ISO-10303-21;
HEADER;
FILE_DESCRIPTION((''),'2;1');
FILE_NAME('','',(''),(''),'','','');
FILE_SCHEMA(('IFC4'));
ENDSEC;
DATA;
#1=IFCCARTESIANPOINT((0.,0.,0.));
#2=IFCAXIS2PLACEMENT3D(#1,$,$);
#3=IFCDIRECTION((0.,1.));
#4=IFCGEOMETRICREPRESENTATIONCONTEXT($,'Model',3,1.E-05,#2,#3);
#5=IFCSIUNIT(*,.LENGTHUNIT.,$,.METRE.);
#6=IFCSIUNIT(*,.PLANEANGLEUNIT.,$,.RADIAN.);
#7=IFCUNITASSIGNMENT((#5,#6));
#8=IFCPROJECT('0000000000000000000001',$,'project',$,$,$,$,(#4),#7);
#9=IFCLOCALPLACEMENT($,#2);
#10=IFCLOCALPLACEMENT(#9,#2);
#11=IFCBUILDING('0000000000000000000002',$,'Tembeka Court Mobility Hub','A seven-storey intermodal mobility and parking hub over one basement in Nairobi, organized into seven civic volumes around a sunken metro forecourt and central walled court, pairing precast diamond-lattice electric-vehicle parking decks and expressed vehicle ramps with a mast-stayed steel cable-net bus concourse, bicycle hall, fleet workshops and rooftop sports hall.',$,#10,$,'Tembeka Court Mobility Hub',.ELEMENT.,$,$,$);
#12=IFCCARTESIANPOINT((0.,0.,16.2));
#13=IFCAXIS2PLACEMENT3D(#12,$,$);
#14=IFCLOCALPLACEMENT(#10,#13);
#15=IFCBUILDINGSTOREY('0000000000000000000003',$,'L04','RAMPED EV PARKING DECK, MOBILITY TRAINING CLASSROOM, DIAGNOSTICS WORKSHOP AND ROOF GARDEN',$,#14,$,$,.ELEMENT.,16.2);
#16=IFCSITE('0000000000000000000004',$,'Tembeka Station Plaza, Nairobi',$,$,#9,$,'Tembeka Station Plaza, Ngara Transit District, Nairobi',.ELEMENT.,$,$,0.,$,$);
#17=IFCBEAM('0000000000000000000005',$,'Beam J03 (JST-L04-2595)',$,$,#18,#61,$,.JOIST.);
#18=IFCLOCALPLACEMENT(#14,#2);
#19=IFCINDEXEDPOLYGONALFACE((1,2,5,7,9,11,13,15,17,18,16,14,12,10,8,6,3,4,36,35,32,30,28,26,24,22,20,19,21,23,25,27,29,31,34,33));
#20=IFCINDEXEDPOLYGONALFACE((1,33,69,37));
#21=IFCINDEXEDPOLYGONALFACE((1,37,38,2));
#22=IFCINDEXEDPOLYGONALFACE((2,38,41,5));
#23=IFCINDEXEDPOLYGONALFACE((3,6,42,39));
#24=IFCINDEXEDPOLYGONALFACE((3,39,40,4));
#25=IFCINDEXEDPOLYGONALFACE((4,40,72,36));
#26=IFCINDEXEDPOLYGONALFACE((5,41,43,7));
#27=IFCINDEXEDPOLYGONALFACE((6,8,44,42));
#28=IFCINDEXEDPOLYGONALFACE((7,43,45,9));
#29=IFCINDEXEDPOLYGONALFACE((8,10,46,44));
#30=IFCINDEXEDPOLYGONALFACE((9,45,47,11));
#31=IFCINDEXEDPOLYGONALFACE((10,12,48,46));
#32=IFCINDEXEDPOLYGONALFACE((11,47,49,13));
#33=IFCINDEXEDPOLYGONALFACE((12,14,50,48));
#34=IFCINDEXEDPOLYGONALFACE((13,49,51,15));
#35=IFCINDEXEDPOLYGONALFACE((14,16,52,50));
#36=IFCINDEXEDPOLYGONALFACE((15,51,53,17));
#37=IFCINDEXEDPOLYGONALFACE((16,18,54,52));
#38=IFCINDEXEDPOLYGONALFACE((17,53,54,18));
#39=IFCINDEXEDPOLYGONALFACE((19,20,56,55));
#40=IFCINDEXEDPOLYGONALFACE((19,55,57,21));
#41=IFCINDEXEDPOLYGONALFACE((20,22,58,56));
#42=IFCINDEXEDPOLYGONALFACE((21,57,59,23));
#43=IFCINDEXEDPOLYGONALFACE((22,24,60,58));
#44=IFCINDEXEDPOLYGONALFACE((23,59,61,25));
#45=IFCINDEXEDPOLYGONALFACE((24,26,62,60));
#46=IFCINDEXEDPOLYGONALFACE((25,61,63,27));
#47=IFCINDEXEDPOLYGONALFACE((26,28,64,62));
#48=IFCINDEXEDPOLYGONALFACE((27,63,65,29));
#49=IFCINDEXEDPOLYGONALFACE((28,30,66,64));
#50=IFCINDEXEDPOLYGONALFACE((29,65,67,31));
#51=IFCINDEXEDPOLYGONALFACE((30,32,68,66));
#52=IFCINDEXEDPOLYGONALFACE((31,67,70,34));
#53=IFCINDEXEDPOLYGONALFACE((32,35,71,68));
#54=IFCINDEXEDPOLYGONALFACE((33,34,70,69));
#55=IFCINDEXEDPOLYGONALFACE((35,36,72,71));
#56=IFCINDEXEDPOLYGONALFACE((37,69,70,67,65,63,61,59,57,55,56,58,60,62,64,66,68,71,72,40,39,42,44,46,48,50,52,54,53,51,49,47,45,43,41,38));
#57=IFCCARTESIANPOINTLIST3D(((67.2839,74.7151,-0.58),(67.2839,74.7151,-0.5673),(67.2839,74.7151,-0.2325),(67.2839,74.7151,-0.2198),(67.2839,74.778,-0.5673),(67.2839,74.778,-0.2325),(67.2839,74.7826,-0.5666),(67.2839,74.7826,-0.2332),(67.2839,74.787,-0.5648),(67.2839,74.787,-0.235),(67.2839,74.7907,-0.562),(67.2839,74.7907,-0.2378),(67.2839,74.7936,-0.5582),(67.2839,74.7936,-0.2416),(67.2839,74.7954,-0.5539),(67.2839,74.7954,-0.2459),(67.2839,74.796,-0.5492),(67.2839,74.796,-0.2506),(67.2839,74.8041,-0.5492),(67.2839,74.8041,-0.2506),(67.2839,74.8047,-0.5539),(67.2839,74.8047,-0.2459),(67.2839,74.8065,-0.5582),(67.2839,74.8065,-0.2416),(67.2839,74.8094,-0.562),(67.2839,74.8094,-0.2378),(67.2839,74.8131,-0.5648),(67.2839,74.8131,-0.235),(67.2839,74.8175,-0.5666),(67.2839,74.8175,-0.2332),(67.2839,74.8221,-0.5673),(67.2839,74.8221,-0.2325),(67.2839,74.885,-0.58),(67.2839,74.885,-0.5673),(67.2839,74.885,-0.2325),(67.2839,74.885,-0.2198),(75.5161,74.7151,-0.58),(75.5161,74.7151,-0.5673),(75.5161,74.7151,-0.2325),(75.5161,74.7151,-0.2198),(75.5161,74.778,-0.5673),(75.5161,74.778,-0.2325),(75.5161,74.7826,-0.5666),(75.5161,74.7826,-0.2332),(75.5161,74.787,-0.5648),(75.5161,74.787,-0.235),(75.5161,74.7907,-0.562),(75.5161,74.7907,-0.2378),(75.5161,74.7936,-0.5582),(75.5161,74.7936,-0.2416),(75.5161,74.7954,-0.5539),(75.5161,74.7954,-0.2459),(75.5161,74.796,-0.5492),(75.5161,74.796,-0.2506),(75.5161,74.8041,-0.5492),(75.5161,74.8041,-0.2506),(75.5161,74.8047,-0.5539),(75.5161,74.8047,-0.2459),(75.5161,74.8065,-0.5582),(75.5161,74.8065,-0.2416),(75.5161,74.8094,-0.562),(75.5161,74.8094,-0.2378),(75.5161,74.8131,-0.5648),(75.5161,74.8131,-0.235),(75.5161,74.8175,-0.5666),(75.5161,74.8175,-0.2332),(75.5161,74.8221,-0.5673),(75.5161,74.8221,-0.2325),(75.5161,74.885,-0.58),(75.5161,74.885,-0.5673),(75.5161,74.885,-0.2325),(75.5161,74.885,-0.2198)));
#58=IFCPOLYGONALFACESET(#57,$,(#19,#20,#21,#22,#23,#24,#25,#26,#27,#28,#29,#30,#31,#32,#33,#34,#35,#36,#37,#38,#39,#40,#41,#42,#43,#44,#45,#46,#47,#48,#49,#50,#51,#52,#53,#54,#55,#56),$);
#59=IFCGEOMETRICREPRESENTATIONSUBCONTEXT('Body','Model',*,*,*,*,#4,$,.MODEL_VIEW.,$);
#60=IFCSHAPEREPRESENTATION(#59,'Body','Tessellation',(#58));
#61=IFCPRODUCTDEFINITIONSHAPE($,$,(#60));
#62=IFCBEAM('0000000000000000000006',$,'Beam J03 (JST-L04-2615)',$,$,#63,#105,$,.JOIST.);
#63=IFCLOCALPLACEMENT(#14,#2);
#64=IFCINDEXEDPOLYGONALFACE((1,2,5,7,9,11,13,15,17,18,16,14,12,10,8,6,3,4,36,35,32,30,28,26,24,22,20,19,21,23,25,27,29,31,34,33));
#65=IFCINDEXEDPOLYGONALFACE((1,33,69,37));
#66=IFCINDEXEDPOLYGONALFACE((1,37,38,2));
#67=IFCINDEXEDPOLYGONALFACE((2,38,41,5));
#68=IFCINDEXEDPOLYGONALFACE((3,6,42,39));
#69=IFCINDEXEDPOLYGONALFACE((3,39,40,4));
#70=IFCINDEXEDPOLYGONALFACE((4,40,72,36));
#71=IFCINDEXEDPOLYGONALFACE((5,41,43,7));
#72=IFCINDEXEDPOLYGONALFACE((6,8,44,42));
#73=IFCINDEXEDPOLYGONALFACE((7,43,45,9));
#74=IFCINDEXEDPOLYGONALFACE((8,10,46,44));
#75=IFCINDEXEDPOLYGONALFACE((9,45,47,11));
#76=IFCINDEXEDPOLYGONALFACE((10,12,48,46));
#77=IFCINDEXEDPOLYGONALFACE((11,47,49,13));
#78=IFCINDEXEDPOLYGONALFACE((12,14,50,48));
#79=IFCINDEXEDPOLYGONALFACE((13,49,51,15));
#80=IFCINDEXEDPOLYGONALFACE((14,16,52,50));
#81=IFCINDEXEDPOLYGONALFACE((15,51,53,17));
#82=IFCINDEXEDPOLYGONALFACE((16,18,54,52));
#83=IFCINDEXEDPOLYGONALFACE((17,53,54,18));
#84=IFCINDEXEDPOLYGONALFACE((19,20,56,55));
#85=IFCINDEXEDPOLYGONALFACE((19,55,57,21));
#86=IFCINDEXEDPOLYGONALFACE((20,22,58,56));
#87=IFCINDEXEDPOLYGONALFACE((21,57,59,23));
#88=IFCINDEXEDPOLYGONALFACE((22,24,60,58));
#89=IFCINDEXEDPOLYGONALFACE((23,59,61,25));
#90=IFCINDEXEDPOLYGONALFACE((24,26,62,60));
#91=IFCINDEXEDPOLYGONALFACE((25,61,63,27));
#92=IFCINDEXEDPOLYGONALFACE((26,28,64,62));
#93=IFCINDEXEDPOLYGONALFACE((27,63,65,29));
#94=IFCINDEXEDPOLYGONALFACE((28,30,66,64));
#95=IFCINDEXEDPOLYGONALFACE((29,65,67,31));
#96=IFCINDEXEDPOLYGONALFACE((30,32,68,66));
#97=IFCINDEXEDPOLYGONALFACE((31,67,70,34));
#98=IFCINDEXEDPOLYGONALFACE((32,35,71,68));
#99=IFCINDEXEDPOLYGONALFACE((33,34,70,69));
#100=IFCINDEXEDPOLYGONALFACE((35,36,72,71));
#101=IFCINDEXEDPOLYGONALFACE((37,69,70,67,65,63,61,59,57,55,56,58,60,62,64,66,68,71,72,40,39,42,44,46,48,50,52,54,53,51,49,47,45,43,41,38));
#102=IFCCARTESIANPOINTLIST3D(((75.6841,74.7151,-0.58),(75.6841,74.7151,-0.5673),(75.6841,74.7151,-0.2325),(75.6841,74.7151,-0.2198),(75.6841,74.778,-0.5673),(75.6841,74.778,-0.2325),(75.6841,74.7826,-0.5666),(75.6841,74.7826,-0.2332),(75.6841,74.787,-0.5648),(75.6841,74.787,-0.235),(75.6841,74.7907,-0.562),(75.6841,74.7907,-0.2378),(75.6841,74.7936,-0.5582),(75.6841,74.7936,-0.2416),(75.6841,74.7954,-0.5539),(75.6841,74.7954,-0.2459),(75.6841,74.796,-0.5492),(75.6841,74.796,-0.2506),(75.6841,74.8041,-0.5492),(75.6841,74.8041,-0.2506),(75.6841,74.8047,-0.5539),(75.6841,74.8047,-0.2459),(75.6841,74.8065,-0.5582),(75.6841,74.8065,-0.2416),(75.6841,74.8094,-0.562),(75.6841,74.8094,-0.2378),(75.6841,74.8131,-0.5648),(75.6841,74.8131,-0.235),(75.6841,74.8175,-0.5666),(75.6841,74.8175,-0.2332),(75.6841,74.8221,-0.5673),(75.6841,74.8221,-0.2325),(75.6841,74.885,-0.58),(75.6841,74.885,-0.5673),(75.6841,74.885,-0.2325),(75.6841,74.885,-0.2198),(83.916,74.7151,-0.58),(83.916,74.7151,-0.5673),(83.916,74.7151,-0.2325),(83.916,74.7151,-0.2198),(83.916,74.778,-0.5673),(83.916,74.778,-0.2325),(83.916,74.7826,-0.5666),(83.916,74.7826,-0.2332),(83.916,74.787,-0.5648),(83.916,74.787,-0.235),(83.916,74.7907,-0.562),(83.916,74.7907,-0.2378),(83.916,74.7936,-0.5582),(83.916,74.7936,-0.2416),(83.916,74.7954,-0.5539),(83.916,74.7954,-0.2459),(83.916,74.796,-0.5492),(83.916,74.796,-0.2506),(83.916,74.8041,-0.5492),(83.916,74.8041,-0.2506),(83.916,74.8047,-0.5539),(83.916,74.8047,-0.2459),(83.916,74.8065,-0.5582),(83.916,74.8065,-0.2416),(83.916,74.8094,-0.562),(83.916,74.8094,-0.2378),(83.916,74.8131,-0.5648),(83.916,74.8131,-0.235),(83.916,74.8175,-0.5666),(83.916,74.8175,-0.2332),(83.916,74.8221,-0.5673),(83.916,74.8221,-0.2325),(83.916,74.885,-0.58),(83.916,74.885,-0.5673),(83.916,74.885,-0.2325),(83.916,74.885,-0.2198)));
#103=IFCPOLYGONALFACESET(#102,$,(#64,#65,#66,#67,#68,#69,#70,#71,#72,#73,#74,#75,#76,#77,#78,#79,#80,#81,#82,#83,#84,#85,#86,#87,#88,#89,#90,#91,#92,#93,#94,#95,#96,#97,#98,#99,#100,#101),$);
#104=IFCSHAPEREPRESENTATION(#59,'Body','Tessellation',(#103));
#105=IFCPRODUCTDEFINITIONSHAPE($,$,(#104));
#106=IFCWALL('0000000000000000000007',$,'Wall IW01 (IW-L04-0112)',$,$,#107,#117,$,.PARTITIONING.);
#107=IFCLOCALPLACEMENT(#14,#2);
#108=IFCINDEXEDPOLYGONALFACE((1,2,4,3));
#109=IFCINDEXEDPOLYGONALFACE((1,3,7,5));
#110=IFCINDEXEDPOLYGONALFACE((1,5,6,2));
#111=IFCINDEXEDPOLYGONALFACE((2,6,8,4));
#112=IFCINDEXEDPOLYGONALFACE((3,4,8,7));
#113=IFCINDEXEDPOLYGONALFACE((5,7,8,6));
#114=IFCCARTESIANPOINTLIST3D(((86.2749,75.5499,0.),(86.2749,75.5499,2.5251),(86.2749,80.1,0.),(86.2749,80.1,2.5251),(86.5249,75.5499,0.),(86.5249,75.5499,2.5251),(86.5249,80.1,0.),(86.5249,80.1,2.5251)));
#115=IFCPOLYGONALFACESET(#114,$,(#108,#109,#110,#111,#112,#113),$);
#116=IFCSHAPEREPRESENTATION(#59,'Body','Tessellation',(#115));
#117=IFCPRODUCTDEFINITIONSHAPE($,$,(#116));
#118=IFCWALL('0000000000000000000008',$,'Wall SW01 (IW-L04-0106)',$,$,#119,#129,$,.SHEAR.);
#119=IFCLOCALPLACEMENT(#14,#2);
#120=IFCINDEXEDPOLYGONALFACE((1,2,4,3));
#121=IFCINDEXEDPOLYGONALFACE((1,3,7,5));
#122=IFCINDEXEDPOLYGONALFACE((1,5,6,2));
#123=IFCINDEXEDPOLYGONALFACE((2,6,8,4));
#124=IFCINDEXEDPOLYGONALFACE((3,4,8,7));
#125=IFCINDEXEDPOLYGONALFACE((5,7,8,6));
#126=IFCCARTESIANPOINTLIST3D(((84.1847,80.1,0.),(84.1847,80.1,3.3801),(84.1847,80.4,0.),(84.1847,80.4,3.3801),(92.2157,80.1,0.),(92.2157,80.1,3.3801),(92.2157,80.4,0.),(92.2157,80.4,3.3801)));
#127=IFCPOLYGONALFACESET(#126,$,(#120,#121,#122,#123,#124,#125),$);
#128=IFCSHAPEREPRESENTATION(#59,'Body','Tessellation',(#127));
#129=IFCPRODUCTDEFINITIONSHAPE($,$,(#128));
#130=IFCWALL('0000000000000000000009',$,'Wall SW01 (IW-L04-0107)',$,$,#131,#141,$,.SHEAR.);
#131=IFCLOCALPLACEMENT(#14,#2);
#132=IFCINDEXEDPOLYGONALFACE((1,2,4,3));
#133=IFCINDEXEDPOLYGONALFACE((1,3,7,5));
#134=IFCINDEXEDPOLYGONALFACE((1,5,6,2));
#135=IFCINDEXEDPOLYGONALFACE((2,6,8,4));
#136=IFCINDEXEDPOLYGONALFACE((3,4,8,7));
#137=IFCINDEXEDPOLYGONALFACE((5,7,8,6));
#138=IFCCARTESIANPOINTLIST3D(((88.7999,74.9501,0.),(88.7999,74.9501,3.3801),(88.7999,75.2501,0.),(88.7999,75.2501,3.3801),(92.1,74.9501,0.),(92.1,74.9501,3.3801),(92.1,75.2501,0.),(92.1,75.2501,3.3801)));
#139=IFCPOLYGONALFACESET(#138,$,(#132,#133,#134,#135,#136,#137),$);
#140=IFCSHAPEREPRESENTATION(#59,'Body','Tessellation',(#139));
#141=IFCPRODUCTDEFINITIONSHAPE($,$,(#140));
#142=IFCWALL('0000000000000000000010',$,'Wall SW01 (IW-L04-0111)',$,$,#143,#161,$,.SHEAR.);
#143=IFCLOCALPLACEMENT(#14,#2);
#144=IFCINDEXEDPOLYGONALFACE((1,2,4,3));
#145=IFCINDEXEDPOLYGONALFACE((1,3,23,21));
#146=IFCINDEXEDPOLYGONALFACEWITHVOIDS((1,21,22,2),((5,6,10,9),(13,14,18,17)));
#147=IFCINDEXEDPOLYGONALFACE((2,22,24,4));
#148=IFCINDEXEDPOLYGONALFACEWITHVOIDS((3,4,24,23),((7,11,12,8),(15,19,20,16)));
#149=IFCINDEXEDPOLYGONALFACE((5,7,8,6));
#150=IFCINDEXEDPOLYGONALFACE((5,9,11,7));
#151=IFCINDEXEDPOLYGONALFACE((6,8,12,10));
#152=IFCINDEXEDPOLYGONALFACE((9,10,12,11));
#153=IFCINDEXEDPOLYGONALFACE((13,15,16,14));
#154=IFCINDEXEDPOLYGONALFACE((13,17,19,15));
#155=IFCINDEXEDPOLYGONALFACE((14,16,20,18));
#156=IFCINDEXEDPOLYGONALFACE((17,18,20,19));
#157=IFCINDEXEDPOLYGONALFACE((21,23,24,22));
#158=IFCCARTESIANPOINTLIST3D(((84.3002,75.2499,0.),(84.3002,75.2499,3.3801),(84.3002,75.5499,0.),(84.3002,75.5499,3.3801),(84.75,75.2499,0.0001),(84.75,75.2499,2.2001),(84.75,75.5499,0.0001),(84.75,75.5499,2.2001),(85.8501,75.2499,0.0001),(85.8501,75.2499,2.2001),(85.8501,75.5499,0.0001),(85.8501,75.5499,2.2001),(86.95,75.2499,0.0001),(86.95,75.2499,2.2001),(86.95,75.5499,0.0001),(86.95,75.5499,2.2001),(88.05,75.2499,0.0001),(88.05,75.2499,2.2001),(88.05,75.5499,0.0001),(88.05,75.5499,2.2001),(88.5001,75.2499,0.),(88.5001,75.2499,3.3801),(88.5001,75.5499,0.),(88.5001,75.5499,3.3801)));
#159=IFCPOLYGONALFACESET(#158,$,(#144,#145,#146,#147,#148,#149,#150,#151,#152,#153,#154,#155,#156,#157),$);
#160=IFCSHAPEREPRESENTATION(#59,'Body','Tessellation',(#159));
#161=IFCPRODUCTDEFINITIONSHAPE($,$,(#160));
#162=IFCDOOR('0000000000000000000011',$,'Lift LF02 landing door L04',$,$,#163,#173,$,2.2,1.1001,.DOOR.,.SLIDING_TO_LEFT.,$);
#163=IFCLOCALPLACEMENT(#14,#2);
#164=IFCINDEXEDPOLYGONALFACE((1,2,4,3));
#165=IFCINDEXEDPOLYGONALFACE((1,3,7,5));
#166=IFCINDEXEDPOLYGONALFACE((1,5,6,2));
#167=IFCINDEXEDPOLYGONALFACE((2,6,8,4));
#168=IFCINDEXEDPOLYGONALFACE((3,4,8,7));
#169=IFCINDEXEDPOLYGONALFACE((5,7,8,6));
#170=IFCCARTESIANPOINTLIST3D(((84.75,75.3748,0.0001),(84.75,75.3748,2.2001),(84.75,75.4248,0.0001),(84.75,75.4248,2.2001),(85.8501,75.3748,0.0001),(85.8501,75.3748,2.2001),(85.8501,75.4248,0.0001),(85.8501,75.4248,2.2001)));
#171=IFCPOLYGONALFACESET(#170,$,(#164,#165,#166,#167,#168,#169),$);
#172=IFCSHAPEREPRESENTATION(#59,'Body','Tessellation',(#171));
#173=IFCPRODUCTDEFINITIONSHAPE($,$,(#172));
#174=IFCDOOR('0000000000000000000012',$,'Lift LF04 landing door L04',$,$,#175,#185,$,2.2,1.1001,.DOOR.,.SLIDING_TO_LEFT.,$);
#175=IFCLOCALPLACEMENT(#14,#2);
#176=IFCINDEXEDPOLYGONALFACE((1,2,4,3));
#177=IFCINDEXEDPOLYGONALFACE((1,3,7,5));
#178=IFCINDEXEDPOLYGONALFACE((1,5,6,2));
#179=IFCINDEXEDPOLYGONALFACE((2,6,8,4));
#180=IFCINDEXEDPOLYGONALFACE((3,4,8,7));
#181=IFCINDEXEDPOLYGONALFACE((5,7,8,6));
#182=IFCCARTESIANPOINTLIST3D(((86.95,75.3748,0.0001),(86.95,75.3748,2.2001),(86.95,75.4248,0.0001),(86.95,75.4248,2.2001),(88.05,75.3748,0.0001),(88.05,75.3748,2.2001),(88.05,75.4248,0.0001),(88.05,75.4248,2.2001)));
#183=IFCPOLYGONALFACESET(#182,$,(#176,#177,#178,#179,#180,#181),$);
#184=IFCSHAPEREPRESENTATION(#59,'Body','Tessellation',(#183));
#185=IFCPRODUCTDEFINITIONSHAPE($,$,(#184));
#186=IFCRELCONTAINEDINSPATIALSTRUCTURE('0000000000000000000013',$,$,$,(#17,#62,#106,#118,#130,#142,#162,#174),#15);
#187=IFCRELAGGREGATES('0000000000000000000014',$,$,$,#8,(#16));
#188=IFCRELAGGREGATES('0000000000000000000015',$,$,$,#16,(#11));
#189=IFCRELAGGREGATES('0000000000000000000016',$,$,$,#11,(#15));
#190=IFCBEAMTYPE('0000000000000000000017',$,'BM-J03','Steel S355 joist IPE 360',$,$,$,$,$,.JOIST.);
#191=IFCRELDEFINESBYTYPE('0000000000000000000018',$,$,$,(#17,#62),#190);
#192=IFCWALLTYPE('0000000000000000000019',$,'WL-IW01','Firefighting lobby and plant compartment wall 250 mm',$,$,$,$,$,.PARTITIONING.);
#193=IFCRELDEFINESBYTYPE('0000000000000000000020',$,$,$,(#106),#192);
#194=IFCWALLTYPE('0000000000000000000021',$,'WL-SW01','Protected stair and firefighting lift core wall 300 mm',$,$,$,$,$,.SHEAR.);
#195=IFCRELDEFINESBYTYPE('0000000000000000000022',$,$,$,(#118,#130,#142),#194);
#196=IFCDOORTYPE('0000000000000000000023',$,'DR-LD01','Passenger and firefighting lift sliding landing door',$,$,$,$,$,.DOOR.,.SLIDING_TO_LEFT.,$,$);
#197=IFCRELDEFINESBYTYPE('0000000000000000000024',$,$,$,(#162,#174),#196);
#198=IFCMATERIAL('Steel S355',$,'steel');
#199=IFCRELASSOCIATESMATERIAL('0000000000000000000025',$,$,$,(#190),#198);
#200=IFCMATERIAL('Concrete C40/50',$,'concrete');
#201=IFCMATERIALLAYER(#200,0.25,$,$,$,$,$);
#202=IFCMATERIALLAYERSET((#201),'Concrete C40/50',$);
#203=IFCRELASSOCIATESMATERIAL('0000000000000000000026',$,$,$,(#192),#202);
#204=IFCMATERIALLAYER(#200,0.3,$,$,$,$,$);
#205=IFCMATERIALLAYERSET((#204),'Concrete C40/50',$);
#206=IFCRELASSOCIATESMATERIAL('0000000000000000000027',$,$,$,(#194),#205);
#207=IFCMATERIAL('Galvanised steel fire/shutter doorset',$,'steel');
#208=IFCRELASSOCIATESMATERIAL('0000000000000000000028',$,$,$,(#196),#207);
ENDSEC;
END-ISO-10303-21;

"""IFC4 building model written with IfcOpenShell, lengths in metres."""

from ifc_helpers import new_model, si_unit, direction, frame, frame_2d, origin, origin_2d, place, context, subcontext, project, spatial, rectangle, i_section, extrude, material, layer, layer_set, material_profile, profile_set, type_object, element, fill, save


model = new_model("IFC4")

# Units and contexts
model_context = context("Model", 3, precision=1e-05, world=origin(), true_north=direction((0.0, 1.0)))
body_context = subcontext(model_context, "Body", "Model", "MODEL_VIEW")
ifc_project = project(units=[si_unit("LENGTHUNIT", "METRE"), si_unit("PLANEANGLEUNIT", "RADIAN")], contexts=[model_context])

# Site, building, storey
site_placement = place(None, origin())
site = spatial("IfcSite", under=ifc_project, at=site_placement, Name="Tembeka Station Plaza, Nairobi", LongName="Tembeka Station Plaza, Ngara Transit District, Nairobi", CompositionType="ELEMENT", RefElevation=0.0)
building_placement = place(site_placement, origin())
building = spatial("IfcBuilding", under=site, at=building_placement, Name="Tembeka Court Mobility Hub", Description="A seven-storey intermodal mobility and parking hub over one basement in Nairobi, organized into seven civic volumes around a sunken metro forecourt and central walled court, pairing precast diamond-lattice electric-vehicle parking decks and expressed vehicle ramps with a mast-stayed steel cable-net bus concourse, bicycle hall, fleet workshops and rooftop sports hall.", LongName="Tembeka Court Mobility Hub", CompositionType="ELEMENT")
storey_placement = place(building_placement, frame((0.0, 0.0, 16.2)))
storey = spatial("IfcBuildingStorey", under=building, at=storey_placement, Name="L04", Description="RAMPED EV PARKING DECK, MOBILITY TRAINING CLASSROOM, DIAGNOSTICS WORKSHOP AND ROOF GARDEN", CompositionType="ELEMENT", Elevation=16.2)

# Shared definitions
ifc_material_1 = material(Name="Steel S355", Category="steel")

# Beams
ifc_material_profile_1 = material_profile(ifc_material_1, i_section(OverallWidth=0.1699, OverallDepth=0.3601, WebThickness=0.0081, FlangeThickness=0.0127, FilletRadius=0.0181, at=origin_2d()), Name="IPE 360")
ifc_profile_set_1 = profile_set([ifc_material_profile_1], Name="Steel S355")
beam_type_1 = type_object("IfcBeamType", Name="BM-J03", Description="Steel S355 joist IPE 360", PredefinedType="JOIST", material=ifc_profile_set_1)
beam_1_placement = place(storey_placement, frame((67.2839, 74.8, -0.3999), z_axis=(1.0, 0.0, 0.0), x_axis=(0.0, 1.0, 0.0)))
element("IfcBeam", 1, at=beam_1_placement, inside=storey, type_object=beam_type_1, Name="Beam J03 (JST-L04-2595)", PredefinedType="JOIST", context=body_context, shape_type="SweptSolid", body=[
    extrude(i_section(OverallWidth=0.1699, OverallDepth=0.3601, WebThickness=0.0081, FlangeThickness=0.0127, FilletRadius=0.0181, at=origin_2d()), origin(), (0.0, 0.0, 1.0), 8.2322),
])
beam_2_placement = place(storey_placement, frame((75.6841, 74.8, -0.3999), z_axis=(1.0, 0.0, 0.0), x_axis=(0.0, 1.0, 0.0)))
element("IfcBeam", 2, at=beam_2_placement, inside=storey, type_object=beam_type_1, Name="Beam J03 (JST-L04-2615)", PredefinedType="JOIST", context=body_context, shape_type="SweptSolid", body=[
    extrude(i_section(OverallWidth=0.1699, OverallDepth=0.3601, WebThickness=0.0081, FlangeThickness=0.0127, FilletRadius=0.0181, at=origin_2d()), origin(), (0.0, 0.0, 1.0), 8.2319),
])

# Walls
ifc_material_2 = material(Name="Concrete C40/50", Category="concrete")
ifc_layer_1 = layer(ifc_material_2, 0.25)
ifc_layer_set_1 = layer_set([ifc_layer_1], Name="Concrete C40/50")
wall_type_1 = type_object("IfcWallType", Name="WL-IW01", Description="Firefighting lobby and plant compartment wall 250 mm", PredefinedType="PARTITIONING", material=ifc_layer_set_1)
wall_1_placement = place(storey_placement, frame((86.3999, 75.55, 0.0), z_axis=(0.0, 0.0, 1.0), x_axis=(0.0, 1.0, 0.0)))
element("IfcWall", 3, at=wall_1_placement, inside=storey, type_object=wall_type_1, Name="Wall IW01 (IW-L04-0112)", PredefinedType="PARTITIONING", context=body_context, shape_type="SweptSolid", body=[
    extrude(rectangle(XDim=4.55, YDim=0.25, at=frame_2d((2.2749, 0.0))), origin(), (0.0, 0.0, 1.0), 2.5251),
])
ifc_layer_2 = layer(ifc_material_2, 0.3)
ifc_layer_set_2 = layer_set([ifc_layer_2], Name="Concrete C40/50")
wall_type_2 = type_object("IfcWallType", Name="WL-SW01", Description="Protected stair and firefighting lift core wall 300 mm", PredefinedType="SHEAR", material=ifc_layer_set_2)
wall_2_placement = place(storey_placement, frame((84.1846, 80.25, 0.0), z_axis=(0.0, 0.0, 1.0), x_axis=(1.0, 0.0, 0.0)))
element("IfcWall", 4, at=wall_2_placement, inside=storey, type_object=wall_type_2, Name="Wall SW01 (IW-L04-0106)", PredefinedType="SHEAR", context=body_context, shape_type="SweptSolid", body=[
    extrude(rectangle(XDim=8.031, YDim=0.3, at=frame_2d((4.0156, 0.0))), origin(), (0.0, 0.0, 1.0), 3.3801),
])
wall_3_placement = place(storey_placement, frame((88.8, 75.1001, 0.0), z_axis=(0.0, 0.0, 1.0), x_axis=(1.0, 0.0, 0.0)))
element("IfcWall", 5, at=wall_3_placement, inside=storey, type_object=wall_type_2, Name="Wall SW01 (IW-L04-0107)", PredefinedType="SHEAR", context=body_context, shape_type="SweptSolid", body=[
    extrude(rectangle(XDim=3.3, YDim=0.3, at=frame_2d((1.6499, 0.0))), origin(), (0.0, 0.0, 1.0), 3.3801),
])

# Wall, openings, doors
wall_4_placement = place(storey_placement, frame((84.3, 75.3999, 0.0), z_axis=(0.0, 0.0, 1.0), x_axis=(1.0, 0.0, 0.0)))
wall_4 = element("IfcWall", 6, at=wall_4_placement, inside=storey, type_object=wall_type_2, Name="Wall SW01 (IW-L04-0111)", PredefinedType="SHEAR", context=body_context, shape_type="SweptSolid", body=[
    extrude(rectangle(XDim=4.2, YDim=0.3, at=frame_2d((2.1001, 0.0))), origin(), (0.0, 0.0, 1.0), 3.3801),
])
opening_1_placement = place(wall_4_placement, frame((0.45, 0.0, 0.0)))
opening_1 = element("IfcOpeningElement", 7, at=opening_1_placement, cuts=wall_4, PredefinedType="OPENING", context=body_context, shape_type="SweptSolid", body=[
    extrude(rectangle(XDim=1.1001, YDim=2.2, at=frame_2d((0.55, 1.1001))), frame((0.0, 0.1602, 0.0), z_axis=(0.0, -1.0, 0.0), x_axis=(1.0, 0.0, 0.0)), (0.0, 0.0, 1.0), 0.3201),
])
opening_2_placement = place(wall_4_placement, frame((2.6499, 0.0, 0.0)))
opening_2 = element("IfcOpeningElement", 8, at=opening_2_placement, cuts=wall_4, PredefinedType="OPENING", context=body_context, shape_type="SweptSolid", body=[
    extrude(rectangle(XDim=1.1001, YDim=2.2, at=frame_2d((0.55, 1.1001))), frame((0.0, 0.1602, 0.0), z_axis=(0.0, -1.0, 0.0), x_axis=(1.0, 0.0, 0.0)), (0.0, 0.0, 1.0), 0.3201),
])
ifc_material_3 = material(Name="Galvanised steel fire/shutter doorset", Category="steel")
door_type = type_object("IfcDoorType", Name="DR-LD01", Description="Passenger and firefighting lift sliding landing door", OperationType="SLIDING_TO_LEFT", PredefinedType="DOOR", material=ifc_material_3)
door_1_placement = place(opening_1_placement, origin())
door_1 = element("IfcDoor", 9, at=door_1_placement, inside=storey, type_object=door_type, Name="Lift LF02 landing door L04", OperationType="SLIDING_TO_LEFT", OverallHeight=2.2, OverallWidth=1.1001, PredefinedType="DOOR", context=body_context, shape_type="SweptSolid", body=[
    extrude(rectangle(XDim=1.1001, YDim=2.2, at=frame_2d((0.55, 1.1001))), frame((0.0, 0.0249, 0.0), z_axis=(0.0, -1.0, 0.0), x_axis=(1.0, 0.0, 0.0)), (0.0, 0.0, 1.0), 0.05),
])
fill(opening_1, door_1)
door_2_placement = place(opening_2_placement, origin())
door_2 = element("IfcDoor", 10, at=door_2_placement, inside=storey, type_object=door_type, Name="Lift LF04 landing door L04", OperationType="SLIDING_TO_LEFT", OverallHeight=2.2, OverallWidth=1.1001, PredefinedType="DOOR", context=body_context, shape_type="SweptSolid", body=[
    extrude(rectangle(XDim=1.1001, YDim=2.2, at=frame_2d((0.55, 1.1001))), frame((0.0, 0.0249, 0.0), z_axis=(0.0, -1.0, 0.0), x_axis=(1.0, 0.0, 0.0)), (0.0, 0.0, 1.0), 0.05),
])
fill(opening_2, door_2)

save(model, "model.ifc")
